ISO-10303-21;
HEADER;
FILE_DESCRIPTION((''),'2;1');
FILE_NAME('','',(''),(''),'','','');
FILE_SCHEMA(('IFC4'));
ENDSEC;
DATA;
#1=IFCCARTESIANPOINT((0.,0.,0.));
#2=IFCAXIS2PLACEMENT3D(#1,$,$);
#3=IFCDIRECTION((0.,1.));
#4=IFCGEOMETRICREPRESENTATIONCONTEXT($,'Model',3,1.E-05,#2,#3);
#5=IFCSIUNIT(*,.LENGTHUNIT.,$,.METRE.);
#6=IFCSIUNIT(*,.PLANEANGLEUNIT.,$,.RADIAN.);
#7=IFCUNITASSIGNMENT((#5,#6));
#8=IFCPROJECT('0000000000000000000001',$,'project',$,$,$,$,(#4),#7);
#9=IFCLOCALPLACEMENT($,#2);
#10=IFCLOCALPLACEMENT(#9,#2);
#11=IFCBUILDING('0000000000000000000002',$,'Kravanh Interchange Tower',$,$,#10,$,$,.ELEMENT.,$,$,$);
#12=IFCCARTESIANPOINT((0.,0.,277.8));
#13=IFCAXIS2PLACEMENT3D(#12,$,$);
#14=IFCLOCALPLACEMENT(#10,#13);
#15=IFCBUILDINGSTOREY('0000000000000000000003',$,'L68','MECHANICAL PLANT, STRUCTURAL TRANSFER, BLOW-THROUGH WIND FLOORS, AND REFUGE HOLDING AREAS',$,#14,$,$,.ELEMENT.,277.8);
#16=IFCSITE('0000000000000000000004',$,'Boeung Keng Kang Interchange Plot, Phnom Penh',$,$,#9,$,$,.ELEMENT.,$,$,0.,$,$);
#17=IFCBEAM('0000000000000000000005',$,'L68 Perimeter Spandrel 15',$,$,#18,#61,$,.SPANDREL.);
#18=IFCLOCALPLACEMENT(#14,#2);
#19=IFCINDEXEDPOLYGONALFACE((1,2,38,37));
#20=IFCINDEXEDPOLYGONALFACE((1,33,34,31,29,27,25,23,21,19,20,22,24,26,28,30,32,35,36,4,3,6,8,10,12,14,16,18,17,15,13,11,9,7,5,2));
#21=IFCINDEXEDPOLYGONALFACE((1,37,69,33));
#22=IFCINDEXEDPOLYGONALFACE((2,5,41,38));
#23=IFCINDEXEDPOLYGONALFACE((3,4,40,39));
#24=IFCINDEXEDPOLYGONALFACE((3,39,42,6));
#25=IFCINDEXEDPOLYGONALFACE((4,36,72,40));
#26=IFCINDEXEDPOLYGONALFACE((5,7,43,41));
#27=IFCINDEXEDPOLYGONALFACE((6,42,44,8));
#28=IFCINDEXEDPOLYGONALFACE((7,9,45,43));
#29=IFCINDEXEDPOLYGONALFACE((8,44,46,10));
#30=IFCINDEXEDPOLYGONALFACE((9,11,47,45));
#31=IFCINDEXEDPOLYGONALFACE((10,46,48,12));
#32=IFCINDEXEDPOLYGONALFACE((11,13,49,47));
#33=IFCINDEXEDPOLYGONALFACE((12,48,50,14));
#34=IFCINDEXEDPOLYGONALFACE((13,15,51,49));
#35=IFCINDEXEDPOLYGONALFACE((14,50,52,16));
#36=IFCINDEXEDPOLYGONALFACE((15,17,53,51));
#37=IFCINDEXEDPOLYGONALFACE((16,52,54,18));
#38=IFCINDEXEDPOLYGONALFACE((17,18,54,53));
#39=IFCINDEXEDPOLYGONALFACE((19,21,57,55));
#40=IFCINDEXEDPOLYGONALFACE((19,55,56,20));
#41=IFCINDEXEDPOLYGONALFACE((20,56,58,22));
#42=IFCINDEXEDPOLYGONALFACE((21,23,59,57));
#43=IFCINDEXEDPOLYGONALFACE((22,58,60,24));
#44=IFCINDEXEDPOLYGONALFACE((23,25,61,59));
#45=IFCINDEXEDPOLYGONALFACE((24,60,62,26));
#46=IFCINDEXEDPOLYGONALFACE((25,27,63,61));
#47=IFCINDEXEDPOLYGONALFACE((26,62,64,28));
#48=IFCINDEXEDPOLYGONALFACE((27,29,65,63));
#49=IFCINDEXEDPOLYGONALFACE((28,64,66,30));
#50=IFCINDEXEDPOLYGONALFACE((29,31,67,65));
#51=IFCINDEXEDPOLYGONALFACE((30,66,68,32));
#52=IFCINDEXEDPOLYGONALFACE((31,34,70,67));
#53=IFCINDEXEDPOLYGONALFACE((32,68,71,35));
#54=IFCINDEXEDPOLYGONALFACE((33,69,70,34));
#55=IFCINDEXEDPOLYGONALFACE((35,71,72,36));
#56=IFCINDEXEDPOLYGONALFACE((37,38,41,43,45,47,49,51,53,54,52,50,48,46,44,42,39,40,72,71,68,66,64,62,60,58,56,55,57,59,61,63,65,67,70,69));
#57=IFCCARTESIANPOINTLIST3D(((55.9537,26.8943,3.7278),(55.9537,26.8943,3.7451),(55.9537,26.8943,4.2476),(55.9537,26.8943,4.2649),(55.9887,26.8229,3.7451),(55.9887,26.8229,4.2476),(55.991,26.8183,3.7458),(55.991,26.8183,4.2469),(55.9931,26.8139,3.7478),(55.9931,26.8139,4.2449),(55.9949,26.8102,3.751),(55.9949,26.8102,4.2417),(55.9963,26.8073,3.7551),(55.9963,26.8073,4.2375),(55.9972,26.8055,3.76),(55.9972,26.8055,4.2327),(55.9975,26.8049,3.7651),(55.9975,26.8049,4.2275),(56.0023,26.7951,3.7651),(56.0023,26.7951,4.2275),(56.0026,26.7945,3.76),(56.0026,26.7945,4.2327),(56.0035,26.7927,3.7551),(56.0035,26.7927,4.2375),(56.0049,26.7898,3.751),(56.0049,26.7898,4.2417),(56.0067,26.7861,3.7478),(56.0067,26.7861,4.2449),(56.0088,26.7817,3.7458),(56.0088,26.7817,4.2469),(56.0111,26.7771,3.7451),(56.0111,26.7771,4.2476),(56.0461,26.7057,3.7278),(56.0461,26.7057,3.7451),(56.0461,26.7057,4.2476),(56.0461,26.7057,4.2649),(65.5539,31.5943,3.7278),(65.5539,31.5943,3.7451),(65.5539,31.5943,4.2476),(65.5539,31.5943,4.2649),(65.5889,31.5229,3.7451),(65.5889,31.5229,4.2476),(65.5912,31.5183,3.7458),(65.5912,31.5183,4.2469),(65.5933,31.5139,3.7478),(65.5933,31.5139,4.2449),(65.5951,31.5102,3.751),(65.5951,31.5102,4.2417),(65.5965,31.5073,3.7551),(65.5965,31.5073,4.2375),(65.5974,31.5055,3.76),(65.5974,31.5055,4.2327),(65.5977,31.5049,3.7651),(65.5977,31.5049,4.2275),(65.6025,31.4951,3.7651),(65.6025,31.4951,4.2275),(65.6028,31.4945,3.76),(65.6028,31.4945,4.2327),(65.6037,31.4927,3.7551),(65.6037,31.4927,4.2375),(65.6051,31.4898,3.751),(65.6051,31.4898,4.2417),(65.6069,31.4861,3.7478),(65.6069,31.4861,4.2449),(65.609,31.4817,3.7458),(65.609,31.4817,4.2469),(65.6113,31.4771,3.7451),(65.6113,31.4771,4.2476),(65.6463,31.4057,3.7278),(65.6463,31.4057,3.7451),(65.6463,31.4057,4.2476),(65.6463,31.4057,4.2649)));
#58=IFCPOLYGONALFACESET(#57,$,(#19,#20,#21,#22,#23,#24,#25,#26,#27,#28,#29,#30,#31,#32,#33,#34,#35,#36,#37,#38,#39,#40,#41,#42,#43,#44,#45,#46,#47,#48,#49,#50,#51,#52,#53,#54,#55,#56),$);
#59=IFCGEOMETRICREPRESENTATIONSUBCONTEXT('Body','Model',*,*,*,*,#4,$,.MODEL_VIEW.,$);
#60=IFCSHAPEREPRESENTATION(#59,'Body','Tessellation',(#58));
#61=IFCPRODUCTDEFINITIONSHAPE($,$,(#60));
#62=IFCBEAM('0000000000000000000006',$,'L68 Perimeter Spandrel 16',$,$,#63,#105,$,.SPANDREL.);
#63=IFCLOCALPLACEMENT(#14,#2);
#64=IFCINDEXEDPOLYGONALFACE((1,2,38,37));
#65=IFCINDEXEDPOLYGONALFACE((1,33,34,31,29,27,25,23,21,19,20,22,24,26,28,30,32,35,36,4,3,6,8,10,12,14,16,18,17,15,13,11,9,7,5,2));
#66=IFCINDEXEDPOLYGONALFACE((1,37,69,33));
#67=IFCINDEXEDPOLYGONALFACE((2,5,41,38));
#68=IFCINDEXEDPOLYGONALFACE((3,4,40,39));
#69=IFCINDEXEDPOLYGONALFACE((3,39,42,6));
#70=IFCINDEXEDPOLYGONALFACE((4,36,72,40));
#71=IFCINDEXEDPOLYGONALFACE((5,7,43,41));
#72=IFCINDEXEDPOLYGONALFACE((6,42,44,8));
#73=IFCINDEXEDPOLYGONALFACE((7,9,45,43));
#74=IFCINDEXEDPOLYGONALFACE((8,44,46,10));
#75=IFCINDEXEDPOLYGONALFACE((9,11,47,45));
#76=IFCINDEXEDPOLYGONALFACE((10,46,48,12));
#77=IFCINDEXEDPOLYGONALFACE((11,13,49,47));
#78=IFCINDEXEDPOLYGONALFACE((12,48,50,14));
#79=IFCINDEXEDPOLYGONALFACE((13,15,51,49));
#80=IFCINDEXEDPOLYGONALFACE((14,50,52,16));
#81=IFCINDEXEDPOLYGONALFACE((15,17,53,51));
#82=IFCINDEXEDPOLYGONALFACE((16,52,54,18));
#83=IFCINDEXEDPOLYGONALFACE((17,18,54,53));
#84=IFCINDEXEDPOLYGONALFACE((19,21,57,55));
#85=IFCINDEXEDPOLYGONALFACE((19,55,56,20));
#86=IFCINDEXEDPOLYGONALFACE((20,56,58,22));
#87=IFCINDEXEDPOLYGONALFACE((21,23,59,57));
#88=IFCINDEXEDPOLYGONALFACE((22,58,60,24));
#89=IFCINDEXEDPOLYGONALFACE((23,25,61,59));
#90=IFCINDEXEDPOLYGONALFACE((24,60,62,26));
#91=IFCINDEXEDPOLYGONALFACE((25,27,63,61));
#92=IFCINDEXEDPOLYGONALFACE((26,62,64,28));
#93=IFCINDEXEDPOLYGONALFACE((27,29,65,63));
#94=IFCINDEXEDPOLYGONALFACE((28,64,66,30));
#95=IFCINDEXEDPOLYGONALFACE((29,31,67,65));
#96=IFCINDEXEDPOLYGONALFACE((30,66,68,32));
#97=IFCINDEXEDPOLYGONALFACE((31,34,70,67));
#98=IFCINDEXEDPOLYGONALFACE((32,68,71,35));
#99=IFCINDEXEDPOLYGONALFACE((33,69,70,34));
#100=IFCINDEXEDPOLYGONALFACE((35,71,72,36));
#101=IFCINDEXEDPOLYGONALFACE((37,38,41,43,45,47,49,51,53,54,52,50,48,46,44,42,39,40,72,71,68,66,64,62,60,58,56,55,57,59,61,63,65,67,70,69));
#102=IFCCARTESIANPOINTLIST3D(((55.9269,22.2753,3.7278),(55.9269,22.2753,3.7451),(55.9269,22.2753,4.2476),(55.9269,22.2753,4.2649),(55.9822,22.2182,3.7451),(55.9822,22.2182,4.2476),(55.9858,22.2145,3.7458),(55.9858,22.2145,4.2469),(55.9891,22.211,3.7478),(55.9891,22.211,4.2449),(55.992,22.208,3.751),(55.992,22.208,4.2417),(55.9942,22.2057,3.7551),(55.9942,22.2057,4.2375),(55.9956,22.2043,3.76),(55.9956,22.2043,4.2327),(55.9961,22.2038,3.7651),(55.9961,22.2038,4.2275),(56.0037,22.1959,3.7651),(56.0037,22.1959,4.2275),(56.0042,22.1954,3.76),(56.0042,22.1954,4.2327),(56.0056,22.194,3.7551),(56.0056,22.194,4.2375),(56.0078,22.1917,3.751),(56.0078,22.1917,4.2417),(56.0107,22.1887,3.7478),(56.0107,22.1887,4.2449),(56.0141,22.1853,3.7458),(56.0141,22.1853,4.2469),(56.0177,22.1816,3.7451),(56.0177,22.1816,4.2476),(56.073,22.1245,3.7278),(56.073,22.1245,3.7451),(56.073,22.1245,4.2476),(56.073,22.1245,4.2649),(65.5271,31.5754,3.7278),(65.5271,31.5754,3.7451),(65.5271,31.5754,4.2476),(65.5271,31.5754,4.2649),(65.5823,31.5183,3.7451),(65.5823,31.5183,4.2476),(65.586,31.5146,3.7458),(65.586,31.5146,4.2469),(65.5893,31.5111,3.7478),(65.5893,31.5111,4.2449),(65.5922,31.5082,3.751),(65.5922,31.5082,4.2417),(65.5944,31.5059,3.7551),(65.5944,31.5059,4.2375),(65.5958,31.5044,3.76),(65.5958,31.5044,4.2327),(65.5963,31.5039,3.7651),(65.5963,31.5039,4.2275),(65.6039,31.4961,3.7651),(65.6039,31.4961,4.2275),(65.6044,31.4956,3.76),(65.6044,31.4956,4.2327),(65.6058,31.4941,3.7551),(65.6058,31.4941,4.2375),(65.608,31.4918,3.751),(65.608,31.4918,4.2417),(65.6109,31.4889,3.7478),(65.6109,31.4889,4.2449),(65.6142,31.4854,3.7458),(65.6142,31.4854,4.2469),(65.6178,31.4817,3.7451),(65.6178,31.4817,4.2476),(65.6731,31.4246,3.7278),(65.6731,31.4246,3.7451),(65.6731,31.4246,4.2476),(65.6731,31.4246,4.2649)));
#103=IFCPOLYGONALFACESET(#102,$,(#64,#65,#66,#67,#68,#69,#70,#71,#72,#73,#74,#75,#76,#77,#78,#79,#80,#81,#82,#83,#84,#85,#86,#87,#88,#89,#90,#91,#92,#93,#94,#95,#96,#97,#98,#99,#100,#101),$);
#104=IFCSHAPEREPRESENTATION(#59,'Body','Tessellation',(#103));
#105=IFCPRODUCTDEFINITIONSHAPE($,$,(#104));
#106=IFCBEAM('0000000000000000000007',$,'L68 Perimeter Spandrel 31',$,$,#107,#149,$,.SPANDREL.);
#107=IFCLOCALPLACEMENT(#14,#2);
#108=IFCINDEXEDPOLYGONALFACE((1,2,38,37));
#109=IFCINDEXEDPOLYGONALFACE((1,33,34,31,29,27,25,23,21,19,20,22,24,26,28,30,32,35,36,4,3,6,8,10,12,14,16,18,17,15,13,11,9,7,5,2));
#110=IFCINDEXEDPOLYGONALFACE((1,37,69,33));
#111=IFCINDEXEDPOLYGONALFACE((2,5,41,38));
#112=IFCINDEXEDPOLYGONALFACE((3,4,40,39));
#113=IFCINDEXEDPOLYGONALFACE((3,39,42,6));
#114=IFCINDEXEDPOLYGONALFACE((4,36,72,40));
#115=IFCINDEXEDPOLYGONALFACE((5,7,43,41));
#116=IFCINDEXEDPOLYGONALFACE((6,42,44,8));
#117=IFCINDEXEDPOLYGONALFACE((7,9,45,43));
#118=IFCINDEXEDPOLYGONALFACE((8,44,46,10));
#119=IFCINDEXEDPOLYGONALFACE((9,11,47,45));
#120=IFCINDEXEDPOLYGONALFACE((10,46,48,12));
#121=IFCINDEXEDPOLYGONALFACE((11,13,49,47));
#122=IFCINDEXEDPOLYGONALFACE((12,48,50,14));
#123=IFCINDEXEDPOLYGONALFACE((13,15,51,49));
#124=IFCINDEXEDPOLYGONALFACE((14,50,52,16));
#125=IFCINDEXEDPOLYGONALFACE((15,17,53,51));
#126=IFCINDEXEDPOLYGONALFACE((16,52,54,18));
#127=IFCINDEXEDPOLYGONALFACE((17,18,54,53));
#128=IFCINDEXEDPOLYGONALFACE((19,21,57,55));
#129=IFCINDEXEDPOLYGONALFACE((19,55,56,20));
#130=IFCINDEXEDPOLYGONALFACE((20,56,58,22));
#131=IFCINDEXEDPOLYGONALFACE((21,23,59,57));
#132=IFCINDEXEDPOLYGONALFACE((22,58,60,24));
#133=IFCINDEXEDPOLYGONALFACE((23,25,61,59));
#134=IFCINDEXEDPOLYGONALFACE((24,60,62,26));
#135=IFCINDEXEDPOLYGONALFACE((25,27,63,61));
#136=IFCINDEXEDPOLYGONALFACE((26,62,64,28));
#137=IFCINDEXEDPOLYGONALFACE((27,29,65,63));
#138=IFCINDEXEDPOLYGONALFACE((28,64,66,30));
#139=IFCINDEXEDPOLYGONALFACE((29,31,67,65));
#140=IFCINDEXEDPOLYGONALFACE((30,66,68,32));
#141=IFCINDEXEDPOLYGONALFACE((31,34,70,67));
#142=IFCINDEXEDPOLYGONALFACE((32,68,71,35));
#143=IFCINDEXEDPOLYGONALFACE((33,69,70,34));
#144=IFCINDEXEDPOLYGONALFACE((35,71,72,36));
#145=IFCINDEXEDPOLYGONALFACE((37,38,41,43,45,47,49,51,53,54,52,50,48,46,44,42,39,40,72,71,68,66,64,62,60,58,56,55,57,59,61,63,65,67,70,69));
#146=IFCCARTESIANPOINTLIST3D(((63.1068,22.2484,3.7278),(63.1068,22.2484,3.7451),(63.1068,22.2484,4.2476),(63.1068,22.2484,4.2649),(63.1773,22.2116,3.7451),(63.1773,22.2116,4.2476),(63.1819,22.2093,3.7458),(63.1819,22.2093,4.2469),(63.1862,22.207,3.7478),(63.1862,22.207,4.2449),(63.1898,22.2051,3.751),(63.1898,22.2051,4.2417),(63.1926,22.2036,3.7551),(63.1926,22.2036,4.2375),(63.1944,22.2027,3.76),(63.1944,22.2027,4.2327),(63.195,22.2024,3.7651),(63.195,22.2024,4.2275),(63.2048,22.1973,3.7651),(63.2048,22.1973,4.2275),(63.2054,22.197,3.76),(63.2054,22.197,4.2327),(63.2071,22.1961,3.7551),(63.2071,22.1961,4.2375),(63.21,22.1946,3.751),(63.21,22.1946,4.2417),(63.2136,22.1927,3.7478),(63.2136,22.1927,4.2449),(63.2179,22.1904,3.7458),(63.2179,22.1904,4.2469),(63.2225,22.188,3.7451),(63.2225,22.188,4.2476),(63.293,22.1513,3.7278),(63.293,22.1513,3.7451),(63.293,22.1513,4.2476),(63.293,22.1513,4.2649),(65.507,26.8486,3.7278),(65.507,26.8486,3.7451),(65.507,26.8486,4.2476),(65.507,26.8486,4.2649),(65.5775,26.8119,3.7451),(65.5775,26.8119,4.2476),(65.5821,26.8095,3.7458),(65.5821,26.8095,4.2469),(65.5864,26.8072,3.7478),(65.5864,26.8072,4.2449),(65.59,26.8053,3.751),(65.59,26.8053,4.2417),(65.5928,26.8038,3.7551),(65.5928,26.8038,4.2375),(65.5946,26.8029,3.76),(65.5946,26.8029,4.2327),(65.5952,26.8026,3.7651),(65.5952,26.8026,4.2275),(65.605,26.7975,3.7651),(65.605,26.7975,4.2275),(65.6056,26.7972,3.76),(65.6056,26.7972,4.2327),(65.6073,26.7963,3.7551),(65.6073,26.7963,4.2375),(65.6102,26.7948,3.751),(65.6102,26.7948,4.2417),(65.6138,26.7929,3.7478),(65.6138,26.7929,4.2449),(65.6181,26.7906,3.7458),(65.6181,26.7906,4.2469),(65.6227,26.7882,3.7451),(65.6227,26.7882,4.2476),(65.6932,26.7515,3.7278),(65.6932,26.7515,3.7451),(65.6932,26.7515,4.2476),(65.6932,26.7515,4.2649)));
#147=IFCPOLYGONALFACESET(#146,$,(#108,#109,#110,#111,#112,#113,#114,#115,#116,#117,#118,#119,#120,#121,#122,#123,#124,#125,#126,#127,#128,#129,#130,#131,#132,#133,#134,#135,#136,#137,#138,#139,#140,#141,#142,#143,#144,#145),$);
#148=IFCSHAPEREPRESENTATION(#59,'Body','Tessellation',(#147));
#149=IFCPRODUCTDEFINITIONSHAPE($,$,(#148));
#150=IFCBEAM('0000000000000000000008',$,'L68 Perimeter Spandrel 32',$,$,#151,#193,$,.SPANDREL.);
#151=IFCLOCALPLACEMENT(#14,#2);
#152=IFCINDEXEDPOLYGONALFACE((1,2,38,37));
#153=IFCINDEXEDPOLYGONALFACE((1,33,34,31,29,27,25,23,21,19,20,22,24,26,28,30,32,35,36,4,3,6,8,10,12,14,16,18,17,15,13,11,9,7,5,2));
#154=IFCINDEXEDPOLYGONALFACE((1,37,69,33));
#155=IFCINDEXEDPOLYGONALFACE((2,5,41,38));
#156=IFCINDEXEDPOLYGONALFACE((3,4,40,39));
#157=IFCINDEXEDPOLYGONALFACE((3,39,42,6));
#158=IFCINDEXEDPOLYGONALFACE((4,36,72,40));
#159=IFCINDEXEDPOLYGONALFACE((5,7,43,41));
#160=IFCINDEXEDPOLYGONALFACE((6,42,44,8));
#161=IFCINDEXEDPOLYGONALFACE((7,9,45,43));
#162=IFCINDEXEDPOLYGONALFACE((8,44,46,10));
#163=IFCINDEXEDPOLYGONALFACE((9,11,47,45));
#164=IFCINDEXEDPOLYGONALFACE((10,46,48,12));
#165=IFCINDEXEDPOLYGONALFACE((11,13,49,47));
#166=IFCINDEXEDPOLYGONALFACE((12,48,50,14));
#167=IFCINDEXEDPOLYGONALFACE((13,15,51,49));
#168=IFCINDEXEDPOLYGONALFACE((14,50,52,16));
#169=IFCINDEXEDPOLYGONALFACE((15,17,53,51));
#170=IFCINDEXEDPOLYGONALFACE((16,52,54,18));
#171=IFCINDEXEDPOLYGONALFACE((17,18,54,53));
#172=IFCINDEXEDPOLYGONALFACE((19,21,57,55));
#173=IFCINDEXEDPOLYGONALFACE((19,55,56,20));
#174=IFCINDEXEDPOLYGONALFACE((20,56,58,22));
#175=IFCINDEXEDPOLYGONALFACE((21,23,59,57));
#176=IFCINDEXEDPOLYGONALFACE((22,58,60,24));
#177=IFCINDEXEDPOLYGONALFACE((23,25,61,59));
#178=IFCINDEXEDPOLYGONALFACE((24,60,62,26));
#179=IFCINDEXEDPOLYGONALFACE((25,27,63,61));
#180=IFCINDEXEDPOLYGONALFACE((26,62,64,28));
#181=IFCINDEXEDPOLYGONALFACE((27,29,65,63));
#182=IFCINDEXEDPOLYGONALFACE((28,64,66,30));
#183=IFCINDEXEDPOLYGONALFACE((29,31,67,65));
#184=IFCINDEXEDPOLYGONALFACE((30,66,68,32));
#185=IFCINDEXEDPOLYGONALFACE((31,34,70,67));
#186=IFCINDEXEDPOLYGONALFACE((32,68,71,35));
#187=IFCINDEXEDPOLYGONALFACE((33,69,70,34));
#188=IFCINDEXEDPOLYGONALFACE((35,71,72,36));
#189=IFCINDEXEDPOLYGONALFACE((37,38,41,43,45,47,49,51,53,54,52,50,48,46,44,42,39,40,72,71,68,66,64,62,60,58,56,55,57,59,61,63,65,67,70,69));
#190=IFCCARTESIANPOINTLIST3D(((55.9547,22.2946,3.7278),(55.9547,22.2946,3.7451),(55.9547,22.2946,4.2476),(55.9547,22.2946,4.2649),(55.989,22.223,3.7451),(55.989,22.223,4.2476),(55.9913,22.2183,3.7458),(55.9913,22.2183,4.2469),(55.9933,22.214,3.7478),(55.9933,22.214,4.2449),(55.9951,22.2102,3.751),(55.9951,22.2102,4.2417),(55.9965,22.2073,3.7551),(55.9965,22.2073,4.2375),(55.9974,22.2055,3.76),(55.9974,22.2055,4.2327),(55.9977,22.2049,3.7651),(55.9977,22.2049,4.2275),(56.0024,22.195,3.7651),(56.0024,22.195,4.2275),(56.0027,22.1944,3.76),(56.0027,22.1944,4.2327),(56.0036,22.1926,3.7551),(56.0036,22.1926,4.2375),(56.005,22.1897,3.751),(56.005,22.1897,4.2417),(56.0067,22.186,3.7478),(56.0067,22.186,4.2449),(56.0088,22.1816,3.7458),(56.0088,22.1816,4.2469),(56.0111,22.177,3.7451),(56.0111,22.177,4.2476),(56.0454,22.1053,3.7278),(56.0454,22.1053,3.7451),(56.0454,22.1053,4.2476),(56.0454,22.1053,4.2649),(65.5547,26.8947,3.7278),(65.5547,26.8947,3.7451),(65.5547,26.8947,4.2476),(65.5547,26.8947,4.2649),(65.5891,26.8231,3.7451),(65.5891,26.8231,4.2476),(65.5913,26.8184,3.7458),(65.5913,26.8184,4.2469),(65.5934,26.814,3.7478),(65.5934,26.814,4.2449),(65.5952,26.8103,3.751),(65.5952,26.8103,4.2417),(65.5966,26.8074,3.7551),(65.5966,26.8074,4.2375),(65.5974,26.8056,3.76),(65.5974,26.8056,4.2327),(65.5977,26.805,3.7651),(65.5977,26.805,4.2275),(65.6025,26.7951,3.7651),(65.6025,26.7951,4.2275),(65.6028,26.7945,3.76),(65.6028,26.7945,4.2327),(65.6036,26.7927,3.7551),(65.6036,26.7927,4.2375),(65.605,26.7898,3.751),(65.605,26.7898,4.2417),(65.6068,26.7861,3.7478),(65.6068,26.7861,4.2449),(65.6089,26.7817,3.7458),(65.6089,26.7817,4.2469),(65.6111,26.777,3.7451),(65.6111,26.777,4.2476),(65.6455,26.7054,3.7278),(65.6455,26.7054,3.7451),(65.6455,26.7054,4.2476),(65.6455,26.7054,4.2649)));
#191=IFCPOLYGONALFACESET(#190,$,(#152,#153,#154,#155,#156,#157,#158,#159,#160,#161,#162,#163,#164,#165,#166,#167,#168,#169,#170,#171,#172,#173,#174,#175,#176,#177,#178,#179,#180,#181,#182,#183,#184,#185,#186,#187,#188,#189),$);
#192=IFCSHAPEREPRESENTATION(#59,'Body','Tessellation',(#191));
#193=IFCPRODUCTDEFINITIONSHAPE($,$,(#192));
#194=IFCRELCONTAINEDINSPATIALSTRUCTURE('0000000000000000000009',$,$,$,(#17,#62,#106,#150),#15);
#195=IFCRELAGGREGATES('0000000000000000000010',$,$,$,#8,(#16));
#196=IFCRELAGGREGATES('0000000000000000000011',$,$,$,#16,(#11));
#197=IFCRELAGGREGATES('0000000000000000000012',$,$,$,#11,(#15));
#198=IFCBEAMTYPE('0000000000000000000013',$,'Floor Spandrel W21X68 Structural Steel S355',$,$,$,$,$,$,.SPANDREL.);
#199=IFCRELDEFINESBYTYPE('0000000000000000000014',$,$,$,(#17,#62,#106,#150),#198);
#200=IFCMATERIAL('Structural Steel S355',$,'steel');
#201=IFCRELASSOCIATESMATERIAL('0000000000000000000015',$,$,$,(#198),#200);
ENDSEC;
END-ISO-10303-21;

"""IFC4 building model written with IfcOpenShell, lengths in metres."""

from ifc_helpers import new_model, si_unit, direction, frame, origin, origin_2d, place, context, subcontext, project, spatial, i_section, extrude, material, material_profile, profile_set, type_object, element, save


model = new_model("IFC4")

# Units and contexts
model_context = context("Model", 3, precision=1e-05, world=origin(), true_north=direction((0.0, 1.0)))
body_context = subcontext(model_context, "Body", "Model", "MODEL_VIEW")
ifc_project = project(units=[si_unit("LENGTHUNIT", "METRE"), si_unit("PLANEANGLEUNIT", "RADIAN")], contexts=[model_context])

# Site, building, storey
site_placement = place(None, origin())
site = spatial("IfcSite", under=ifc_project, at=site_placement, Name="Boeung Keng Kang Interchange Plot, Phnom Penh", CompositionType="ELEMENT", RefElevation=0.0)
building_placement = place(site_placement, origin())
building = spatial("IfcBuilding", under=site, at=building_placement, Name="Kravanh Interchange Tower", CompositionType="ELEMENT")
storey_placement = place(building_placement, frame((0.0, 0.0, 277.8)))
storey = spatial("IfcBuildingStorey", under=building, at=storey_placement, Name="L68", Description="MECHANICAL PLANT, STRUCTURAL TRANSFER, BLOW-THROUGH WIND FLOORS, AND REFUGE HOLDING AREAS", CompositionType="ELEMENT", Elevation=277.8)

# Beams
ifc_material_1 = material(Name="Structural Steel S355", Category="steel")
ifc_material_profile_1 = material_profile(ifc_material_1, i_section(OverallWidth=0.21, OverallDepth=0.5371, WebThickness=0.011, FlangeThickness=0.0173, FilletRadius=0.02, at=origin_2d()), Name="W21X68")
ifc_profile_set_1 = profile_set([ifc_material_profile_1], Name="Structural Steel S355")
beam_type_1 = type_object("IfcBeamType", Name="Floor Spandrel W21X68 Structural Steel S355", PredefinedType="SPANDREL", material=ifc_profile_set_1)
beam_1_placement = place(storey_placement, frame((65.6001, 31.5, 3.9963), z_axis=(-0.898142, -0.439706, 0.0), x_axis=(0.439706, -0.898142, 0.0)))
element("IfcBeam", 1, at=beam_1_placement, inside=storey, type_object=beam_type_1, Name="L68 Perimeter Spandrel 15", PredefinedType="SPANDREL", context=body_context, shape_type="SweptSolid", body=[
    extrude(i_section(OverallWidth=0.21, OverallDepth=0.5371, WebThickness=0.011, FlangeThickness=0.0173, FilletRadius=0.02, at=origin_2d()), origin(), (0.0, 0.0, 1.0), 10.689),
])
beam_2_placement = place(storey_placement, frame((65.6001, 31.5, 3.9963), z_axis=(-0.718242, -0.695793, 0.0), x_axis=(0.695793, -0.718242, 0.0)))
element("IfcBeam", 2, at=beam_2_placement, inside=storey, type_object=beam_type_1, Name="L68 Perimeter Spandrel 16", PredefinedType="SPANDREL", context=body_context, shape_type="SweptSolid", body=[
    extrude(i_section(OverallWidth=0.21, OverallDepth=0.5371, WebThickness=0.011, FlangeThickness=0.0173, FilletRadius=0.02, at=origin_2d()), origin(), (0.0, 0.0, 1.0), 13.3662),
])
beam_3_placement = place(storey_placement, frame((65.6001, 26.8, 3.9963), z_axis=(-0.46258, -0.886577, 0.0), x_axis=(0.886577, -0.46258, 0.0)))
element("IfcBeam", 3, at=beam_3_placement, inside=storey, type_object=beam_type_1, Name="L68 Perimeter Spandrel 31", PredefinedType="SPANDREL", context=body_context, shape_type="SweptSolid", body=[
    extrude(i_section(OverallWidth=0.21, OverallDepth=0.5371, WebThickness=0.011, FlangeThickness=0.0173, FilletRadius=0.02, at=origin_2d()), origin(), (0.0, 0.0, 1.0), 5.1887),
])
beam_4_placement = place(storey_placement, frame((65.6001, 26.8, 3.9963), z_axis=(-0.901814, -0.432124, 0.0), x_axis=(0.432124, -0.901814, 0.0)))
element("IfcBeam", 4, at=beam_4_placement, inside=storey, type_object=beam_type_1, Name="L68 Perimeter Spandrel 32", PredefinedType="SPANDREL", context=body_context, shape_type="SweptSolid", body=[
    extrude(i_section(OverallWidth=0.21, OverallDepth=0.5371, WebThickness=0.011, FlangeThickness=0.0173, FilletRadius=0.02, at=origin_2d()), origin(), (0.0, 0.0, 1.0), 10.6453),
])

save(model, "model.ifc")
